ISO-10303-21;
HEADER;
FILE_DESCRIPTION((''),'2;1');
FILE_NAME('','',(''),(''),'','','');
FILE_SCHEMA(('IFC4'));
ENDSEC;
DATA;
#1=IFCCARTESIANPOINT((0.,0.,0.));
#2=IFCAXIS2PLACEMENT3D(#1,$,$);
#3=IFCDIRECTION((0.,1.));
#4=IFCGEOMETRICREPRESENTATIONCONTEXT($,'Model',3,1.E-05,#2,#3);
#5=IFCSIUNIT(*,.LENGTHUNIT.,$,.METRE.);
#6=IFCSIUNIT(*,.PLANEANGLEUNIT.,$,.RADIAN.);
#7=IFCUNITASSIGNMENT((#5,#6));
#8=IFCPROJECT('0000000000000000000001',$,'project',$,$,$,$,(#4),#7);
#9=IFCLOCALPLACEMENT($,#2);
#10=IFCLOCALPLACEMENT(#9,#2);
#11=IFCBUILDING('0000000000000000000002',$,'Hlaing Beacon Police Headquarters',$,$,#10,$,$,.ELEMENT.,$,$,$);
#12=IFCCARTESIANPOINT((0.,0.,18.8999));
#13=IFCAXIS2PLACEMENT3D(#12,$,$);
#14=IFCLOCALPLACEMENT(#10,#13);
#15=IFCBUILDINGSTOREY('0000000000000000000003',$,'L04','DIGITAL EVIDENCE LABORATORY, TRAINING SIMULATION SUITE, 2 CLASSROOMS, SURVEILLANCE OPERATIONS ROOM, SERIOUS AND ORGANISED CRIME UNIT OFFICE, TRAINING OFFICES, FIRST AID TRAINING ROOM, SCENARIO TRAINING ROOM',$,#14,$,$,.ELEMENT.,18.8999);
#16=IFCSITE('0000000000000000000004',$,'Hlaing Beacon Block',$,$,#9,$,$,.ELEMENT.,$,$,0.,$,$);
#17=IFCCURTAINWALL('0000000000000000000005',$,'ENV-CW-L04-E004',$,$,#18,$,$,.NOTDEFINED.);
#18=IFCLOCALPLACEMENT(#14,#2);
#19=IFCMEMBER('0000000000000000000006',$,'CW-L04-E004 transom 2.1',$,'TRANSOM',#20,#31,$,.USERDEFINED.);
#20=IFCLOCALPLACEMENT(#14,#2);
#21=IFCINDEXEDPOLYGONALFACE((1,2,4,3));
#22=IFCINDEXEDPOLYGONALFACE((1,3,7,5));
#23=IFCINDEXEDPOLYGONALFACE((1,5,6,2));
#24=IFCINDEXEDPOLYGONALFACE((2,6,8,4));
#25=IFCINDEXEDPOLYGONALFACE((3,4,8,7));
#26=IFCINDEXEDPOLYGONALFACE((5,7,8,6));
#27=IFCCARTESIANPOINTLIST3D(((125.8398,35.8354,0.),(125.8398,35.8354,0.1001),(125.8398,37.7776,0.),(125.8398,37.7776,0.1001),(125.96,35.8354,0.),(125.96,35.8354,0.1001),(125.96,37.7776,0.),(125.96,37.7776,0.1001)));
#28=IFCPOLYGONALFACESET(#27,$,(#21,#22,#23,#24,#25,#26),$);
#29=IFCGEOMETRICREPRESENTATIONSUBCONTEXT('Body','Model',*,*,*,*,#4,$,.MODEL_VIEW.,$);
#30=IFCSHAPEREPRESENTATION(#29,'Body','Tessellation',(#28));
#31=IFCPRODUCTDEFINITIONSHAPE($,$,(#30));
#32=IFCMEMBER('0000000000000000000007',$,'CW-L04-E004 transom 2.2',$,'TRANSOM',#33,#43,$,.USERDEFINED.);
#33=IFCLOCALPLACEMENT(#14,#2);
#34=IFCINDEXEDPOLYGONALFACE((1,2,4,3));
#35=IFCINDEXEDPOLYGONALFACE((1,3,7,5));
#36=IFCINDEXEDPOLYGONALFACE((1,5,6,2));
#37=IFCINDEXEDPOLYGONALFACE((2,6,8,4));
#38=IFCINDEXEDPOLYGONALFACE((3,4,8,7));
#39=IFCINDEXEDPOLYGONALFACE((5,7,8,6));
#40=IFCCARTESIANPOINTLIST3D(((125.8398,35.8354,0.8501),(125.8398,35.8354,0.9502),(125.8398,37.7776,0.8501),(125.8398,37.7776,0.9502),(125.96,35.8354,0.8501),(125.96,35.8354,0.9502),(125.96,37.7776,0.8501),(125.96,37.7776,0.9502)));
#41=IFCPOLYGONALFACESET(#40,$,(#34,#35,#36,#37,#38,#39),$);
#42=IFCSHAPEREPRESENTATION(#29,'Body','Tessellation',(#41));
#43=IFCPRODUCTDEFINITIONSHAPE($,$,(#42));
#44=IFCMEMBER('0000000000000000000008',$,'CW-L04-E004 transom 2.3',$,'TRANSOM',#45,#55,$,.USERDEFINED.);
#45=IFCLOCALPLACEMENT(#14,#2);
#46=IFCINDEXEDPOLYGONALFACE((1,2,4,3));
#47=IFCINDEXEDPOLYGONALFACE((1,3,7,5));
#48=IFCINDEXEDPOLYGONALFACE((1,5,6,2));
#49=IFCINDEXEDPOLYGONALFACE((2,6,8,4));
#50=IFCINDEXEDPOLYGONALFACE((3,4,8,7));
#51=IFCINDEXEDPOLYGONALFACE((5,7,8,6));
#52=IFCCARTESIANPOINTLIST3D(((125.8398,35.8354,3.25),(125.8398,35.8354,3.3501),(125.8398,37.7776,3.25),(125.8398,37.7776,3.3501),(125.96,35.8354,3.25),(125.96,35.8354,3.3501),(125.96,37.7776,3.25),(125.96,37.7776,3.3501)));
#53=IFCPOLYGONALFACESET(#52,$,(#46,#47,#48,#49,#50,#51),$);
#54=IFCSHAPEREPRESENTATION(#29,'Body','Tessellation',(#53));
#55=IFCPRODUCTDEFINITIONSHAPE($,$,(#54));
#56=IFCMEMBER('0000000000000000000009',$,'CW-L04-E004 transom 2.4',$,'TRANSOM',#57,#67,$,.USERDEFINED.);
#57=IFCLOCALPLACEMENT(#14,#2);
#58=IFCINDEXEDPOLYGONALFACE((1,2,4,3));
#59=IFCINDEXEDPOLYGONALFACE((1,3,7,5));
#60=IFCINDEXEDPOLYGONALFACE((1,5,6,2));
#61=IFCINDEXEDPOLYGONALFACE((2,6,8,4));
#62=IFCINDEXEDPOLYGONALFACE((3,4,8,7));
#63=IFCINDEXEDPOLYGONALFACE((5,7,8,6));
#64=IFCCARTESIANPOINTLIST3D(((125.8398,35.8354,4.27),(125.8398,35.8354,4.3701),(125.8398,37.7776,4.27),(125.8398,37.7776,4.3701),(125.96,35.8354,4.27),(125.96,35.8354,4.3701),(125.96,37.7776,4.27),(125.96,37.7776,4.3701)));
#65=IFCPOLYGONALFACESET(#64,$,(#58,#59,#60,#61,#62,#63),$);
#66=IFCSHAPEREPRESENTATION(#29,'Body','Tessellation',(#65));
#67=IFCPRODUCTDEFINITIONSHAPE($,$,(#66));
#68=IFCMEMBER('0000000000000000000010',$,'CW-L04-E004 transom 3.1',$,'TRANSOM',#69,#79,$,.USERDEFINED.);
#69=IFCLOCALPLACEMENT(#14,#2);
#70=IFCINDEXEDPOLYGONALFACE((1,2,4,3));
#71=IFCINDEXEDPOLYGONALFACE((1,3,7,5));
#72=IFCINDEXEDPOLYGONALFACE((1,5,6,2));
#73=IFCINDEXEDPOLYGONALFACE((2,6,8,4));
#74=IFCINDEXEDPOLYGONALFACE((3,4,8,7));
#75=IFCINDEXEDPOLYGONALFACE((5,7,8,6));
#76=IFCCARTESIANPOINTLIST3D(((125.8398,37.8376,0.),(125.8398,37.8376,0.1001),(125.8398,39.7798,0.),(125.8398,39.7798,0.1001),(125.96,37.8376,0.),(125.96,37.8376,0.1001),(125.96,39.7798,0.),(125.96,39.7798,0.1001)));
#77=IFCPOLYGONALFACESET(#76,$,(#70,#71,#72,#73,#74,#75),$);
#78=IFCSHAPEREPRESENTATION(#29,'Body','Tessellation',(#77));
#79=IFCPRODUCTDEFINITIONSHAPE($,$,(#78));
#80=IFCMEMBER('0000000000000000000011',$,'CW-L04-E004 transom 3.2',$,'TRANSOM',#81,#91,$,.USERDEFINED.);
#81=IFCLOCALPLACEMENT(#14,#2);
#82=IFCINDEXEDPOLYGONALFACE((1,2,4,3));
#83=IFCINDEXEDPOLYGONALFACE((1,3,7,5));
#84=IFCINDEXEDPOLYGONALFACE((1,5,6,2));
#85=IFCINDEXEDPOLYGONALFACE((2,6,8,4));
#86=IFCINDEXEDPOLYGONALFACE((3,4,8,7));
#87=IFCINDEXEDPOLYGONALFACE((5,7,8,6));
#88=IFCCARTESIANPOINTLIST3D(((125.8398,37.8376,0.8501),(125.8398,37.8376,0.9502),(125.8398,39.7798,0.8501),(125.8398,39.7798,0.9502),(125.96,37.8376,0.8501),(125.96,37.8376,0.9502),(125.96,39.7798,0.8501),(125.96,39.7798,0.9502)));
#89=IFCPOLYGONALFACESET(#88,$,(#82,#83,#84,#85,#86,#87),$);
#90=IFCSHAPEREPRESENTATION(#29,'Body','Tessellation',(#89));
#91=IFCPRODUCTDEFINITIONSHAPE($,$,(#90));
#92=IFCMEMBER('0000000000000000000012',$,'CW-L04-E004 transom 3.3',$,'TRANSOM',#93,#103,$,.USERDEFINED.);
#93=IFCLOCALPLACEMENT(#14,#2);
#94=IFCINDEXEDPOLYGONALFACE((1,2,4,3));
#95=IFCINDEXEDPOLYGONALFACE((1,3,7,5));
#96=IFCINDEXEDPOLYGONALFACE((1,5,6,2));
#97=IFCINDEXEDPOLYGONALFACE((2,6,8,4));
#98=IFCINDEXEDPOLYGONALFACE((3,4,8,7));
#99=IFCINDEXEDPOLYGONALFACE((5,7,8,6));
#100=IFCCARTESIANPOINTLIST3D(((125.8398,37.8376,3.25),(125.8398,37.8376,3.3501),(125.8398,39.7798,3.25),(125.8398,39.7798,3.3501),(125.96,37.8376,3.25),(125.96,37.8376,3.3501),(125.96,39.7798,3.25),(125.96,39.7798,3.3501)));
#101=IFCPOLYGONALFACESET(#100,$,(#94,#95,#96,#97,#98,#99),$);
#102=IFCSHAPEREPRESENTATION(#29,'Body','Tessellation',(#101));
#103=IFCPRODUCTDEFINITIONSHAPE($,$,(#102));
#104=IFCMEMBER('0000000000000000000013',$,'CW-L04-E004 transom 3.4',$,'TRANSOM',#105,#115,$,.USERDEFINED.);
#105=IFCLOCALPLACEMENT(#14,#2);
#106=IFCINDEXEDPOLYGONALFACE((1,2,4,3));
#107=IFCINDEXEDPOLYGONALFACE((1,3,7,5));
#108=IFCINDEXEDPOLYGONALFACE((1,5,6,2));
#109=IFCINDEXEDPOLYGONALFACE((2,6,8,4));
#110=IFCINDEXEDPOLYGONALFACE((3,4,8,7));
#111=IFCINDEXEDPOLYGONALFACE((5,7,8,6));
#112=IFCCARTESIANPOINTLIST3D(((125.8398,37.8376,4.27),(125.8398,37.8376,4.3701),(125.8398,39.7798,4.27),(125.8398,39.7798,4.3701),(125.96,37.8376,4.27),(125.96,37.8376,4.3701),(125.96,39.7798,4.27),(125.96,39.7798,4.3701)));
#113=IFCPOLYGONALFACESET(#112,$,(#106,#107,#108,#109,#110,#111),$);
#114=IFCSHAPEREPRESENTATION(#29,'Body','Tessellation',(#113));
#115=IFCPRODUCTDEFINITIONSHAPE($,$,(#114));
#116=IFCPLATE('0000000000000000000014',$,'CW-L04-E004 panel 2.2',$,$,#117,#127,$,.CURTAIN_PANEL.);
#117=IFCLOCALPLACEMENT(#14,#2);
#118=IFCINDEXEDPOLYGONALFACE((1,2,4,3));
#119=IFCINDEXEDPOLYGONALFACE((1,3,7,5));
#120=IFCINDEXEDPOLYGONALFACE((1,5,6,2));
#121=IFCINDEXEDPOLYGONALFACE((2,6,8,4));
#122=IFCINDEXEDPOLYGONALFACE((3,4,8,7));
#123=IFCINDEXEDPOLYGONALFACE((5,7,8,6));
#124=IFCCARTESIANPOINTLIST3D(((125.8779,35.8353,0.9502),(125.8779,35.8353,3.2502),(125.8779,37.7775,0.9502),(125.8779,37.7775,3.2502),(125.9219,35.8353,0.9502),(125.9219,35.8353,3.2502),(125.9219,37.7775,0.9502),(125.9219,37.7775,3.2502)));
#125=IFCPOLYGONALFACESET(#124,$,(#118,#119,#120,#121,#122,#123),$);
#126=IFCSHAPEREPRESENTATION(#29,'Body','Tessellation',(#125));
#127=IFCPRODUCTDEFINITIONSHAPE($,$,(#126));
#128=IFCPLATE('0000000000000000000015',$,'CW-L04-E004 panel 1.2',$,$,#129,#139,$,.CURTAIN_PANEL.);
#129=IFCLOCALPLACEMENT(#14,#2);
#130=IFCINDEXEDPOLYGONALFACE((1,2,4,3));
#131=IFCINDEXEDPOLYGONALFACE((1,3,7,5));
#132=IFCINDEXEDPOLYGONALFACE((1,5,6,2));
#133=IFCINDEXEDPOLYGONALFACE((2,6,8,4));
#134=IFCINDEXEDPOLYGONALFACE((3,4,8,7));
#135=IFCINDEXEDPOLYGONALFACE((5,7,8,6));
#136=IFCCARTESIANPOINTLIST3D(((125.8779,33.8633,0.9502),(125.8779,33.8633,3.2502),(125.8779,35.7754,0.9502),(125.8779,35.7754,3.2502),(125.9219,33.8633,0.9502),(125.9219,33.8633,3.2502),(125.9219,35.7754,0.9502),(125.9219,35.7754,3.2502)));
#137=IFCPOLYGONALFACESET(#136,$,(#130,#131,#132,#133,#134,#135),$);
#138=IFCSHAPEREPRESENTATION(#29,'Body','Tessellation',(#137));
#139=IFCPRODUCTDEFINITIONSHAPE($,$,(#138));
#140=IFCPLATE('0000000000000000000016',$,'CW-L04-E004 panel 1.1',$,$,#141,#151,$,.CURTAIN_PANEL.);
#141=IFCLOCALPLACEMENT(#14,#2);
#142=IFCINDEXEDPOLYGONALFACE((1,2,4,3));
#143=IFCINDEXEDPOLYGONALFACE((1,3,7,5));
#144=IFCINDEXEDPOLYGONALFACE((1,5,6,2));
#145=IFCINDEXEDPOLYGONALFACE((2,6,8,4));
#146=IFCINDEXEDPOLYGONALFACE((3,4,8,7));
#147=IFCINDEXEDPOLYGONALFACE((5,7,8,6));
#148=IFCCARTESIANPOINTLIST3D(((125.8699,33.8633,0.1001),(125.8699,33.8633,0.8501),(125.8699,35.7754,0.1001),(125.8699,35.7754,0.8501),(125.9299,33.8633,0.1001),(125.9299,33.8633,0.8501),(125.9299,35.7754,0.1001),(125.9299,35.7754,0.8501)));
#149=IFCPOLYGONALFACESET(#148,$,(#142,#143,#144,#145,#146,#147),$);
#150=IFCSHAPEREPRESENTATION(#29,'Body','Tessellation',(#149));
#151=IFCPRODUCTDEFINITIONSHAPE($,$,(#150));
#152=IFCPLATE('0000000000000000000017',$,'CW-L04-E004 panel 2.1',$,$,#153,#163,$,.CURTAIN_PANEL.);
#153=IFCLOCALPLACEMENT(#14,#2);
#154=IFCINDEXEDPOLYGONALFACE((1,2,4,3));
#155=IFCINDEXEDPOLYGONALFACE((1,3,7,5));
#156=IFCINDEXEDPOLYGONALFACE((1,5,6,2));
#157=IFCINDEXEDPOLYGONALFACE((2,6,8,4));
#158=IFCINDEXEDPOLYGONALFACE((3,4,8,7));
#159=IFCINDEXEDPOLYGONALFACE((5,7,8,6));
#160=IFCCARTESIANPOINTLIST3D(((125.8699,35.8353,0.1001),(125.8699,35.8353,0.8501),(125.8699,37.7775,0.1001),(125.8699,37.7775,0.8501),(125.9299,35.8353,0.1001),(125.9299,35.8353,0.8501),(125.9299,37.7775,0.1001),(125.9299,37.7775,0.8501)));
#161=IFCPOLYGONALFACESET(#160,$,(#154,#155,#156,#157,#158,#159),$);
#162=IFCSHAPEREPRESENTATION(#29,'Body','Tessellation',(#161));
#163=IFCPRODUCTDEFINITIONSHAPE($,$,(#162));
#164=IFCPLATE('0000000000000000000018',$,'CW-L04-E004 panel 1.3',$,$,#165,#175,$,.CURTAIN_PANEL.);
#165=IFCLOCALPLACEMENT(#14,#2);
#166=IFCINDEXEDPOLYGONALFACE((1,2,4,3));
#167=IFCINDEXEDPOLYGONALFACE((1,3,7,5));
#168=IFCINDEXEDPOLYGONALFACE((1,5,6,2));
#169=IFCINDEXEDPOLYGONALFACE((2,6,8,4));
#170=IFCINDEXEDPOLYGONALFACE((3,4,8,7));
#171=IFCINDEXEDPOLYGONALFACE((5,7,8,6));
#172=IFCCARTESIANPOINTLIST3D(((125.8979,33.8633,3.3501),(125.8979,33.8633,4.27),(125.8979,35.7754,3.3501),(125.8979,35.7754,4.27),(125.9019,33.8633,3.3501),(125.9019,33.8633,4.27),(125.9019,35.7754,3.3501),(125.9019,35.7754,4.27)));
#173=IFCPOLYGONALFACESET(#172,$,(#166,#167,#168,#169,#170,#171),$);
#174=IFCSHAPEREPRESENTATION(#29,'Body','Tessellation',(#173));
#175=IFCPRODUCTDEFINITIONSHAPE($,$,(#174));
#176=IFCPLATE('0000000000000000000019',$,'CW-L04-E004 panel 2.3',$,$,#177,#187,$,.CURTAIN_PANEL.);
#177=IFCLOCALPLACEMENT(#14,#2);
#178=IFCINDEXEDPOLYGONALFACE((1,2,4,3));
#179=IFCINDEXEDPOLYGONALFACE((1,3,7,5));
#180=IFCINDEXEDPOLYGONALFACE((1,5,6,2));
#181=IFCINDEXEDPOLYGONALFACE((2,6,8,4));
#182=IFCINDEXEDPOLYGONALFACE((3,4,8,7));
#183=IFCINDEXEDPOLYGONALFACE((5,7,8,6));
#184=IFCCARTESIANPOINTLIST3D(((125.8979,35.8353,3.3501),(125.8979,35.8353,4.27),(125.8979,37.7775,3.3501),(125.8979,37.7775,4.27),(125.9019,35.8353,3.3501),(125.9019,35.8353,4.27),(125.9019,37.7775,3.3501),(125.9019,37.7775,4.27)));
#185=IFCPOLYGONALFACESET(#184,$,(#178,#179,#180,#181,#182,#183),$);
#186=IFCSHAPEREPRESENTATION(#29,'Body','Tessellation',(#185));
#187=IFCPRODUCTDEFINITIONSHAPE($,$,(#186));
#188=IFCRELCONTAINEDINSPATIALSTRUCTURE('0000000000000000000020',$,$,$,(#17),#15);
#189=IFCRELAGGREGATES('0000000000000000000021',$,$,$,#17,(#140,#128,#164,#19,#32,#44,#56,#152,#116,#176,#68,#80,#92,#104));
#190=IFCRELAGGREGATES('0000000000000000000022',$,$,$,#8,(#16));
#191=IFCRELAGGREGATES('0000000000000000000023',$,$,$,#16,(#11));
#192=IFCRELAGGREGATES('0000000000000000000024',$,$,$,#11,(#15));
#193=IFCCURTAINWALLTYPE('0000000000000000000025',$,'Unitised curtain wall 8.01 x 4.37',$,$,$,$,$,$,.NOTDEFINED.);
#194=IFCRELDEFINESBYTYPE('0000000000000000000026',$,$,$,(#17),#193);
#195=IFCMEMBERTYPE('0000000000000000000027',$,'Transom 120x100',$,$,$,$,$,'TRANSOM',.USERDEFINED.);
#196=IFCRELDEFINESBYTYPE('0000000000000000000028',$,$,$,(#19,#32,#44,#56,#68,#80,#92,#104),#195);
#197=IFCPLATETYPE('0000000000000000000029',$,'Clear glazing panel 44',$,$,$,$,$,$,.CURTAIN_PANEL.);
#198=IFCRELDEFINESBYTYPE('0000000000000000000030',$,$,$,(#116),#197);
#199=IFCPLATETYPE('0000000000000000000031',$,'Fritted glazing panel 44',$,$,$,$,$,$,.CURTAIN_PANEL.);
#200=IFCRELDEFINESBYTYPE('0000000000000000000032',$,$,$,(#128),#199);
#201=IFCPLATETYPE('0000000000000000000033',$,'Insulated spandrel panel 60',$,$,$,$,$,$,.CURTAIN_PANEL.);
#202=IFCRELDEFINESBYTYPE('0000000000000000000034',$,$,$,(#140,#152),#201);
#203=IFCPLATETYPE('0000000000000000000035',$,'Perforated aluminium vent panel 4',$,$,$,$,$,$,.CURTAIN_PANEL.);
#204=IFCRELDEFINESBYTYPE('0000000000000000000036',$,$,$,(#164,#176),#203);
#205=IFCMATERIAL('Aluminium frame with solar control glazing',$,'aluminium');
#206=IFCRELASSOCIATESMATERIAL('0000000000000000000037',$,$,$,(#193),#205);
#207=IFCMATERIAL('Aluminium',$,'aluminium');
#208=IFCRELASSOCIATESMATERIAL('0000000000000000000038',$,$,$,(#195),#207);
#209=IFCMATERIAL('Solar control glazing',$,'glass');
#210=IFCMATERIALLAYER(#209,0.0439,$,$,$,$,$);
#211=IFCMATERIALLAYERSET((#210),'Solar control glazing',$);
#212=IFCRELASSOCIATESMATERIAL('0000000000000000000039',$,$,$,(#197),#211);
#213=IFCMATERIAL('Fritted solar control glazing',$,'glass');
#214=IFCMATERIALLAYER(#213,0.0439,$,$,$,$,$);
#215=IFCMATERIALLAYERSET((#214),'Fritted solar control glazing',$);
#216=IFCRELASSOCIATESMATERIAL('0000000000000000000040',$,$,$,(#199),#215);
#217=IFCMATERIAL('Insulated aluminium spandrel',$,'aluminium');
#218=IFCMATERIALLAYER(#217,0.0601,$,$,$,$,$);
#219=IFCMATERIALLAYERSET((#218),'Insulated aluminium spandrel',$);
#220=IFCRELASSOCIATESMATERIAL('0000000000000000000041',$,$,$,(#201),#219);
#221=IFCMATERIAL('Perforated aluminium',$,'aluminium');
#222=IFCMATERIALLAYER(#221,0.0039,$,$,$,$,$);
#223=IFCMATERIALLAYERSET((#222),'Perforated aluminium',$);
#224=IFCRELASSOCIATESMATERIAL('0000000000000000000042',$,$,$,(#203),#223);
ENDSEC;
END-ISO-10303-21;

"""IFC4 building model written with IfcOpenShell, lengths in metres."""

from ifc_helpers import new_model, si_unit, direction, frame, origin, origin_2d, place, context, subcontext, project, spatial, rectangle, extrude, material, layer, layer_set, material_profile, profile_set, type_object, element, aggregate, save


model = new_model("IFC4")

# Units and contexts
model_context = context("Model", 3, precision=1e-05, world=origin(), true_north=direction((0.0, 1.0)))
body_context = subcontext(model_context, "Body", "Model", "MODEL_VIEW")
ifc_project = project(units=[si_unit("LENGTHUNIT", "METRE"), si_unit("PLANEANGLEUNIT", "RADIAN")], contexts=[model_context])

# Site, building, storey
site_placement = place(None, origin())
site = spatial("IfcSite", under=ifc_project, at=site_placement, Name="Hlaing Beacon Block", CompositionType="ELEMENT", RefElevation=0.0)
building_placement = place(site_placement, origin())
building = spatial("IfcBuilding", under=site, at=building_placement, Name="Hlaing Beacon Police Headquarters", CompositionType="ELEMENT")
storey_placement = place(building_placement, frame((0.0, 0.0, 18.8999)))
storey = spatial("IfcBuildingStorey", under=building, at=storey_placement, Name="L04", Description="DIGITAL EVIDENCE LABORATORY, TRAINING SIMULATION SUITE, 2 CLASSROOMS, SURVEILLANCE OPERATIONS ROOM, SERIOUS AND ORGANISED CRIME UNIT OFFICE, TRAINING OFFICES, FIRST AID TRAINING ROOM, SCENARIO TRAINING ROOM", CompositionType="ELEMENT", Elevation=18.8999)

# Curtain wall
ifc_material_1 = material(Name="Aluminium frame with solar control glazing", Category="aluminium")
curtain_wall_type = type_object("IfcCurtainWallType", Name="Unitised curtain wall 8.01 x 4.37", PredefinedType="NOTDEFINED", material=ifc_material_1)
curtain_wall_placement = place(storey_placement, origin())
curtain_wall = element("IfcCurtainWall", 1, at=curtain_wall_placement, inside=storey, type_object=curtain_wall_type, Name="ENV-CW-L04-E004", PredefinedType="NOTDEFINED")

# Members
ifc_material_2 = material(Name="Aluminium", Category="aluminium")
ifc_material_profile_1 = material_profile(ifc_material_2, rectangle(XDim=0.1201, YDim=0.1001, at=origin_2d()), Name="Transom 120x100")
ifc_profile_set_1 = profile_set([ifc_material_profile_1], Name="Aluminium")
member_type_1 = type_object("IfcMemberType", Name="Transom 120x100", ElementType="TRANSOM", PredefinedType="USERDEFINED", material=ifc_profile_set_1)
member_1_placement = place(storey_placement, frame((125.8999, 35.8354, 0.05), z_axis=(0.0, 1.0, 0.0), x_axis=(-1.0, 0.0, 0.0)))
member_1 = element("IfcMember", 2, at=member_1_placement, type_object=member_type_1, Name="CW-L04-E004 transom 2.1", ObjectType="TRANSOM", PredefinedType="USERDEFINED", context=body_context, shape_type="SweptSolid", body=[
    extrude(rectangle(XDim=0.1201, YDim=0.1001, at=origin_2d()), origin(), (0.0, 0.0, 1.0), 1.9421),
])
member_2_placement = place(storey_placement, frame((125.8999, 35.8354, 0.9001), z_axis=(0.0, 1.0, 0.0), x_axis=(-1.0, 0.0, 0.0)))
member_2 = element("IfcMember", 3, at=member_2_placement, type_object=member_type_1, Name="CW-L04-E004 transom 2.2", ObjectType="TRANSOM", PredefinedType="USERDEFINED", context=body_context, shape_type="SweptSolid", body=[
    extrude(rectangle(XDim=0.1201, YDim=0.1001, at=origin_2d()), origin(), (0.0, 0.0, 1.0), 1.9421),
])
member_3_placement = place(storey_placement, frame((125.8999, 35.8354, 3.3), z_axis=(0.0, 1.0, 0.0), x_axis=(-1.0, 0.0, 0.0)))
member_3 = element("IfcMember", 4, at=member_3_placement, type_object=member_type_1, Name="CW-L04-E004 transom 2.3", ObjectType="TRANSOM", PredefinedType="USERDEFINED", context=body_context, shape_type="SweptSolid", body=[
    extrude(rectangle(XDim=0.1201, YDim=0.1001, at=origin_2d()), origin(), (0.0, 0.0, 1.0), 1.9421),
])
member_4_placement = place(storey_placement, frame((125.8999, 35.8354, 4.3201), z_axis=(0.0, 1.0, 0.0), x_axis=(-1.0, 0.0, 0.0)))
member_4 = element("IfcMember", 5, at=member_4_placement, type_object=member_type_1, Name="CW-L04-E004 transom 2.4", ObjectType="TRANSOM", PredefinedType="USERDEFINED", context=body_context, shape_type="SweptSolid", body=[
    extrude(rectangle(XDim=0.1201, YDim=0.1001, at=origin_2d()), origin(), (0.0, 0.0, 1.0), 1.9421),
])
member_5_placement = place(storey_placement, frame((125.8999, 37.8376, 0.05), z_axis=(0.0, 1.0, 0.0), x_axis=(-1.0, 0.0, 0.0)))
member_5 = element("IfcMember", 6, at=member_5_placement, type_object=member_type_1, Name="CW-L04-E004 transom 3.1", ObjectType="TRANSOM", PredefinedType="USERDEFINED", context=body_context, shape_type="SweptSolid", body=[
    extrude(rectangle(XDim=0.1201, YDim=0.1001, at=origin_2d()), origin(), (0.0, 0.0, 1.0), 1.9421),
])
member_6_placement = place(storey_placement, frame((125.8999, 37.8376, 0.9001), z_axis=(0.0, 1.0, 0.0), x_axis=(-1.0, 0.0, 0.0)))
member_6 = element("IfcMember", 7, at=member_6_placement, type_object=member_type_1, Name="CW-L04-E004 transom 3.2", ObjectType="TRANSOM", PredefinedType="USERDEFINED", context=body_context, shape_type="SweptSolid", body=[
    extrude(rectangle(XDim=0.1201, YDim=0.1001, at=origin_2d()), origin(), (0.0, 0.0, 1.0), 1.9421),
])
member_7_placement = place(storey_placement, frame((125.8999, 37.8376, 3.3), z_axis=(0.0, 1.0, 0.0), x_axis=(-1.0, 0.0, 0.0)))
member_7 = element("IfcMember", 8, at=member_7_placement, type_object=member_type_1, Name="CW-L04-E004 transom 3.3", ObjectType="TRANSOM", PredefinedType="USERDEFINED", context=body_context, shape_type="SweptSolid", body=[
    extrude(rectangle(XDim=0.1201, YDim=0.1001, at=origin_2d()), origin(), (0.0, 0.0, 1.0), 1.9421),
])
member_8_placement = place(storey_placement, frame((125.8999, 37.8376, 4.3201), z_axis=(0.0, 1.0, 0.0), x_axis=(-1.0, 0.0, 0.0)))
member_8 = element("IfcMember", 9, at=member_8_placement, type_object=member_type_1, Name="CW-L04-E004 transom 3.4", ObjectType="TRANSOM", PredefinedType="USERDEFINED", context=body_context, shape_type="SweptSolid", body=[
    extrude(rectangle(XDim=0.1201, YDim=0.1001, at=origin_2d()), origin(), (0.0, 0.0, 1.0), 1.9421),
])

# Plates
ifc_material_3 = material(Name="Solar control glazing", Category="glass")
ifc_layer_1 = layer(ifc_material_3, 0.0439)
ifc_layer_set_1 = layer_set([ifc_layer_1], Name="Solar control glazing")
plate_type_1 = type_object("IfcPlateType", Name="Clear glazing panel 44", PredefinedType="CURTAIN_PANEL", material=ifc_layer_set_1)
plate_1_placement = place(storey_placement, frame((125.8999, 36.8064, 0.9502), z_axis=(0.0, 0.0, 1.0), x_axis=(0.0, 1.0, 0.0)))
plate_1 = element("IfcPlate", 10, at=plate_1_placement, type_object=plate_type_1, Name="CW-L04-E004 panel 2.2", PredefinedType="CURTAIN_PANEL", context=body_context, shape_type="SweptSolid", body=[
    extrude(rectangle(XDim=1.9421, YDim=0.0439, at=origin_2d()), origin(), (0.0, 0.0, 1.0), 2.3),
])
ifc_material_4 = material(Name="Fritted solar control glazing", Category="glass")
ifc_layer_2 = layer(ifc_material_4, 0.0439)
ifc_layer_set_2 = layer_set([ifc_layer_2], Name="Fritted solar control glazing")
plate_type_2 = type_object("IfcPlateType", Name="Fritted glazing panel 44", PredefinedType="CURTAIN_PANEL", material=ifc_layer_set_2)
plate_2_placement = place(storey_placement, frame((125.8999, 34.8193, 0.9502), z_axis=(0.0, 0.0, 1.0), x_axis=(0.0, 1.0, 0.0)))
plate_2 = element("IfcPlate", 11, at=plate_2_placement, type_object=plate_type_2, Name="CW-L04-E004 panel 1.2", PredefinedType="CURTAIN_PANEL", context=body_context, shape_type="SweptSolid", body=[
    extrude(rectangle(XDim=1.9121, YDim=0.0439, at=origin_2d()), origin(), (0.0, 0.0, 1.0), 2.3),
])
ifc_material_5 = material(Name="Insulated aluminium spandrel", Category="aluminium")
ifc_layer_3 = layer(ifc_material_5, 0.0601)
ifc_layer_set_3 = layer_set([ifc_layer_3], Name="Insulated aluminium spandrel")
plate_type_3 = type_object("IfcPlateType", Name="Insulated spandrel panel 60", PredefinedType="CURTAIN_PANEL", material=ifc_layer_set_3)
plate_3_placement = place(storey_placement, frame((125.8999, 34.8193, 0.1001), z_axis=(0.0, 0.0, 1.0), x_axis=(0.0, 1.0, 0.0)))
plate_3 = element("IfcPlate", 12, at=plate_3_placement, type_object=plate_type_3, Name="CW-L04-E004 panel 1.1", PredefinedType="CURTAIN_PANEL", context=body_context, shape_type="SweptSolid", body=[
    extrude(rectangle(XDim=1.9121, YDim=0.0601, at=origin_2d()), origin(), (0.0, 0.0, 1.0), 0.75),
])
plate_4_placement = place(storey_placement, frame((125.8999, 36.8064, 0.1001), z_axis=(0.0, 0.0, 1.0), x_axis=(0.0, 1.0, 0.0)))
plate_4 = element("IfcPlate", 13, at=plate_4_placement, type_object=plate_type_3, Name="CW-L04-E004 panel 2.1", PredefinedType="CURTAIN_PANEL", context=body_context, shape_type="SweptSolid", body=[
    extrude(rectangle(XDim=1.9421, YDim=0.0601, at=origin_2d()), origin(), (0.0, 0.0, 1.0), 0.75),
])
ifc_material_6 = material(Name="Perforated aluminium", Category="aluminium")
ifc_layer_4 = layer(ifc_material_6, 0.0039)
ifc_layer_set_4 = layer_set([ifc_layer_4], Name="Perforated aluminium")
plate_type_4 = type_object("IfcPlateType", Name="Perforated aluminium vent panel 4", PredefinedType="CURTAIN_PANEL", material=ifc_layer_set_4)
plate_5_placement = place(storey_placement, frame((125.8999, 34.8193, 3.3501), z_axis=(0.0, 0.0, 1.0), x_axis=(0.0, 1.0, 0.0)))
plate_5 = element("IfcPlate", 14, at=plate_5_placement, type_object=plate_type_4, Name="CW-L04-E004 panel 1.3", PredefinedType="CURTAIN_PANEL", context=body_context, shape_type="SweptSolid", body=[
    extrude(rectangle(XDim=1.9121, YDim=0.0039, at=origin_2d()), origin(), (0.0, 0.0, 1.0), 0.9199),
])
plate_6_placement = place(storey_placement, frame((125.8999, 36.8064, 3.3501), z_axis=(0.0, 0.0, 1.0), x_axis=(0.0, 1.0, 0.0)))
plate_6 = element("IfcPlate", 15, at=plate_6_placement, type_object=plate_type_4, Name="CW-L04-E004 panel 2.3", PredefinedType="CURTAIN_PANEL", context=body_context, shape_type="SweptSolid", body=[
    extrude(rectangle(XDim=1.9421, YDim=0.0039, at=origin_2d()), origin(), (0.0, 0.0, 1.0), 0.9199),
])
aggregate(curtain_wall, [plate_3, plate_2, plate_5, member_1, member_2, member_3, member_4, plate_4, plate_1, plate_6, member_5, member_6, member_7, member_8])

save(model, "model.ifc")
